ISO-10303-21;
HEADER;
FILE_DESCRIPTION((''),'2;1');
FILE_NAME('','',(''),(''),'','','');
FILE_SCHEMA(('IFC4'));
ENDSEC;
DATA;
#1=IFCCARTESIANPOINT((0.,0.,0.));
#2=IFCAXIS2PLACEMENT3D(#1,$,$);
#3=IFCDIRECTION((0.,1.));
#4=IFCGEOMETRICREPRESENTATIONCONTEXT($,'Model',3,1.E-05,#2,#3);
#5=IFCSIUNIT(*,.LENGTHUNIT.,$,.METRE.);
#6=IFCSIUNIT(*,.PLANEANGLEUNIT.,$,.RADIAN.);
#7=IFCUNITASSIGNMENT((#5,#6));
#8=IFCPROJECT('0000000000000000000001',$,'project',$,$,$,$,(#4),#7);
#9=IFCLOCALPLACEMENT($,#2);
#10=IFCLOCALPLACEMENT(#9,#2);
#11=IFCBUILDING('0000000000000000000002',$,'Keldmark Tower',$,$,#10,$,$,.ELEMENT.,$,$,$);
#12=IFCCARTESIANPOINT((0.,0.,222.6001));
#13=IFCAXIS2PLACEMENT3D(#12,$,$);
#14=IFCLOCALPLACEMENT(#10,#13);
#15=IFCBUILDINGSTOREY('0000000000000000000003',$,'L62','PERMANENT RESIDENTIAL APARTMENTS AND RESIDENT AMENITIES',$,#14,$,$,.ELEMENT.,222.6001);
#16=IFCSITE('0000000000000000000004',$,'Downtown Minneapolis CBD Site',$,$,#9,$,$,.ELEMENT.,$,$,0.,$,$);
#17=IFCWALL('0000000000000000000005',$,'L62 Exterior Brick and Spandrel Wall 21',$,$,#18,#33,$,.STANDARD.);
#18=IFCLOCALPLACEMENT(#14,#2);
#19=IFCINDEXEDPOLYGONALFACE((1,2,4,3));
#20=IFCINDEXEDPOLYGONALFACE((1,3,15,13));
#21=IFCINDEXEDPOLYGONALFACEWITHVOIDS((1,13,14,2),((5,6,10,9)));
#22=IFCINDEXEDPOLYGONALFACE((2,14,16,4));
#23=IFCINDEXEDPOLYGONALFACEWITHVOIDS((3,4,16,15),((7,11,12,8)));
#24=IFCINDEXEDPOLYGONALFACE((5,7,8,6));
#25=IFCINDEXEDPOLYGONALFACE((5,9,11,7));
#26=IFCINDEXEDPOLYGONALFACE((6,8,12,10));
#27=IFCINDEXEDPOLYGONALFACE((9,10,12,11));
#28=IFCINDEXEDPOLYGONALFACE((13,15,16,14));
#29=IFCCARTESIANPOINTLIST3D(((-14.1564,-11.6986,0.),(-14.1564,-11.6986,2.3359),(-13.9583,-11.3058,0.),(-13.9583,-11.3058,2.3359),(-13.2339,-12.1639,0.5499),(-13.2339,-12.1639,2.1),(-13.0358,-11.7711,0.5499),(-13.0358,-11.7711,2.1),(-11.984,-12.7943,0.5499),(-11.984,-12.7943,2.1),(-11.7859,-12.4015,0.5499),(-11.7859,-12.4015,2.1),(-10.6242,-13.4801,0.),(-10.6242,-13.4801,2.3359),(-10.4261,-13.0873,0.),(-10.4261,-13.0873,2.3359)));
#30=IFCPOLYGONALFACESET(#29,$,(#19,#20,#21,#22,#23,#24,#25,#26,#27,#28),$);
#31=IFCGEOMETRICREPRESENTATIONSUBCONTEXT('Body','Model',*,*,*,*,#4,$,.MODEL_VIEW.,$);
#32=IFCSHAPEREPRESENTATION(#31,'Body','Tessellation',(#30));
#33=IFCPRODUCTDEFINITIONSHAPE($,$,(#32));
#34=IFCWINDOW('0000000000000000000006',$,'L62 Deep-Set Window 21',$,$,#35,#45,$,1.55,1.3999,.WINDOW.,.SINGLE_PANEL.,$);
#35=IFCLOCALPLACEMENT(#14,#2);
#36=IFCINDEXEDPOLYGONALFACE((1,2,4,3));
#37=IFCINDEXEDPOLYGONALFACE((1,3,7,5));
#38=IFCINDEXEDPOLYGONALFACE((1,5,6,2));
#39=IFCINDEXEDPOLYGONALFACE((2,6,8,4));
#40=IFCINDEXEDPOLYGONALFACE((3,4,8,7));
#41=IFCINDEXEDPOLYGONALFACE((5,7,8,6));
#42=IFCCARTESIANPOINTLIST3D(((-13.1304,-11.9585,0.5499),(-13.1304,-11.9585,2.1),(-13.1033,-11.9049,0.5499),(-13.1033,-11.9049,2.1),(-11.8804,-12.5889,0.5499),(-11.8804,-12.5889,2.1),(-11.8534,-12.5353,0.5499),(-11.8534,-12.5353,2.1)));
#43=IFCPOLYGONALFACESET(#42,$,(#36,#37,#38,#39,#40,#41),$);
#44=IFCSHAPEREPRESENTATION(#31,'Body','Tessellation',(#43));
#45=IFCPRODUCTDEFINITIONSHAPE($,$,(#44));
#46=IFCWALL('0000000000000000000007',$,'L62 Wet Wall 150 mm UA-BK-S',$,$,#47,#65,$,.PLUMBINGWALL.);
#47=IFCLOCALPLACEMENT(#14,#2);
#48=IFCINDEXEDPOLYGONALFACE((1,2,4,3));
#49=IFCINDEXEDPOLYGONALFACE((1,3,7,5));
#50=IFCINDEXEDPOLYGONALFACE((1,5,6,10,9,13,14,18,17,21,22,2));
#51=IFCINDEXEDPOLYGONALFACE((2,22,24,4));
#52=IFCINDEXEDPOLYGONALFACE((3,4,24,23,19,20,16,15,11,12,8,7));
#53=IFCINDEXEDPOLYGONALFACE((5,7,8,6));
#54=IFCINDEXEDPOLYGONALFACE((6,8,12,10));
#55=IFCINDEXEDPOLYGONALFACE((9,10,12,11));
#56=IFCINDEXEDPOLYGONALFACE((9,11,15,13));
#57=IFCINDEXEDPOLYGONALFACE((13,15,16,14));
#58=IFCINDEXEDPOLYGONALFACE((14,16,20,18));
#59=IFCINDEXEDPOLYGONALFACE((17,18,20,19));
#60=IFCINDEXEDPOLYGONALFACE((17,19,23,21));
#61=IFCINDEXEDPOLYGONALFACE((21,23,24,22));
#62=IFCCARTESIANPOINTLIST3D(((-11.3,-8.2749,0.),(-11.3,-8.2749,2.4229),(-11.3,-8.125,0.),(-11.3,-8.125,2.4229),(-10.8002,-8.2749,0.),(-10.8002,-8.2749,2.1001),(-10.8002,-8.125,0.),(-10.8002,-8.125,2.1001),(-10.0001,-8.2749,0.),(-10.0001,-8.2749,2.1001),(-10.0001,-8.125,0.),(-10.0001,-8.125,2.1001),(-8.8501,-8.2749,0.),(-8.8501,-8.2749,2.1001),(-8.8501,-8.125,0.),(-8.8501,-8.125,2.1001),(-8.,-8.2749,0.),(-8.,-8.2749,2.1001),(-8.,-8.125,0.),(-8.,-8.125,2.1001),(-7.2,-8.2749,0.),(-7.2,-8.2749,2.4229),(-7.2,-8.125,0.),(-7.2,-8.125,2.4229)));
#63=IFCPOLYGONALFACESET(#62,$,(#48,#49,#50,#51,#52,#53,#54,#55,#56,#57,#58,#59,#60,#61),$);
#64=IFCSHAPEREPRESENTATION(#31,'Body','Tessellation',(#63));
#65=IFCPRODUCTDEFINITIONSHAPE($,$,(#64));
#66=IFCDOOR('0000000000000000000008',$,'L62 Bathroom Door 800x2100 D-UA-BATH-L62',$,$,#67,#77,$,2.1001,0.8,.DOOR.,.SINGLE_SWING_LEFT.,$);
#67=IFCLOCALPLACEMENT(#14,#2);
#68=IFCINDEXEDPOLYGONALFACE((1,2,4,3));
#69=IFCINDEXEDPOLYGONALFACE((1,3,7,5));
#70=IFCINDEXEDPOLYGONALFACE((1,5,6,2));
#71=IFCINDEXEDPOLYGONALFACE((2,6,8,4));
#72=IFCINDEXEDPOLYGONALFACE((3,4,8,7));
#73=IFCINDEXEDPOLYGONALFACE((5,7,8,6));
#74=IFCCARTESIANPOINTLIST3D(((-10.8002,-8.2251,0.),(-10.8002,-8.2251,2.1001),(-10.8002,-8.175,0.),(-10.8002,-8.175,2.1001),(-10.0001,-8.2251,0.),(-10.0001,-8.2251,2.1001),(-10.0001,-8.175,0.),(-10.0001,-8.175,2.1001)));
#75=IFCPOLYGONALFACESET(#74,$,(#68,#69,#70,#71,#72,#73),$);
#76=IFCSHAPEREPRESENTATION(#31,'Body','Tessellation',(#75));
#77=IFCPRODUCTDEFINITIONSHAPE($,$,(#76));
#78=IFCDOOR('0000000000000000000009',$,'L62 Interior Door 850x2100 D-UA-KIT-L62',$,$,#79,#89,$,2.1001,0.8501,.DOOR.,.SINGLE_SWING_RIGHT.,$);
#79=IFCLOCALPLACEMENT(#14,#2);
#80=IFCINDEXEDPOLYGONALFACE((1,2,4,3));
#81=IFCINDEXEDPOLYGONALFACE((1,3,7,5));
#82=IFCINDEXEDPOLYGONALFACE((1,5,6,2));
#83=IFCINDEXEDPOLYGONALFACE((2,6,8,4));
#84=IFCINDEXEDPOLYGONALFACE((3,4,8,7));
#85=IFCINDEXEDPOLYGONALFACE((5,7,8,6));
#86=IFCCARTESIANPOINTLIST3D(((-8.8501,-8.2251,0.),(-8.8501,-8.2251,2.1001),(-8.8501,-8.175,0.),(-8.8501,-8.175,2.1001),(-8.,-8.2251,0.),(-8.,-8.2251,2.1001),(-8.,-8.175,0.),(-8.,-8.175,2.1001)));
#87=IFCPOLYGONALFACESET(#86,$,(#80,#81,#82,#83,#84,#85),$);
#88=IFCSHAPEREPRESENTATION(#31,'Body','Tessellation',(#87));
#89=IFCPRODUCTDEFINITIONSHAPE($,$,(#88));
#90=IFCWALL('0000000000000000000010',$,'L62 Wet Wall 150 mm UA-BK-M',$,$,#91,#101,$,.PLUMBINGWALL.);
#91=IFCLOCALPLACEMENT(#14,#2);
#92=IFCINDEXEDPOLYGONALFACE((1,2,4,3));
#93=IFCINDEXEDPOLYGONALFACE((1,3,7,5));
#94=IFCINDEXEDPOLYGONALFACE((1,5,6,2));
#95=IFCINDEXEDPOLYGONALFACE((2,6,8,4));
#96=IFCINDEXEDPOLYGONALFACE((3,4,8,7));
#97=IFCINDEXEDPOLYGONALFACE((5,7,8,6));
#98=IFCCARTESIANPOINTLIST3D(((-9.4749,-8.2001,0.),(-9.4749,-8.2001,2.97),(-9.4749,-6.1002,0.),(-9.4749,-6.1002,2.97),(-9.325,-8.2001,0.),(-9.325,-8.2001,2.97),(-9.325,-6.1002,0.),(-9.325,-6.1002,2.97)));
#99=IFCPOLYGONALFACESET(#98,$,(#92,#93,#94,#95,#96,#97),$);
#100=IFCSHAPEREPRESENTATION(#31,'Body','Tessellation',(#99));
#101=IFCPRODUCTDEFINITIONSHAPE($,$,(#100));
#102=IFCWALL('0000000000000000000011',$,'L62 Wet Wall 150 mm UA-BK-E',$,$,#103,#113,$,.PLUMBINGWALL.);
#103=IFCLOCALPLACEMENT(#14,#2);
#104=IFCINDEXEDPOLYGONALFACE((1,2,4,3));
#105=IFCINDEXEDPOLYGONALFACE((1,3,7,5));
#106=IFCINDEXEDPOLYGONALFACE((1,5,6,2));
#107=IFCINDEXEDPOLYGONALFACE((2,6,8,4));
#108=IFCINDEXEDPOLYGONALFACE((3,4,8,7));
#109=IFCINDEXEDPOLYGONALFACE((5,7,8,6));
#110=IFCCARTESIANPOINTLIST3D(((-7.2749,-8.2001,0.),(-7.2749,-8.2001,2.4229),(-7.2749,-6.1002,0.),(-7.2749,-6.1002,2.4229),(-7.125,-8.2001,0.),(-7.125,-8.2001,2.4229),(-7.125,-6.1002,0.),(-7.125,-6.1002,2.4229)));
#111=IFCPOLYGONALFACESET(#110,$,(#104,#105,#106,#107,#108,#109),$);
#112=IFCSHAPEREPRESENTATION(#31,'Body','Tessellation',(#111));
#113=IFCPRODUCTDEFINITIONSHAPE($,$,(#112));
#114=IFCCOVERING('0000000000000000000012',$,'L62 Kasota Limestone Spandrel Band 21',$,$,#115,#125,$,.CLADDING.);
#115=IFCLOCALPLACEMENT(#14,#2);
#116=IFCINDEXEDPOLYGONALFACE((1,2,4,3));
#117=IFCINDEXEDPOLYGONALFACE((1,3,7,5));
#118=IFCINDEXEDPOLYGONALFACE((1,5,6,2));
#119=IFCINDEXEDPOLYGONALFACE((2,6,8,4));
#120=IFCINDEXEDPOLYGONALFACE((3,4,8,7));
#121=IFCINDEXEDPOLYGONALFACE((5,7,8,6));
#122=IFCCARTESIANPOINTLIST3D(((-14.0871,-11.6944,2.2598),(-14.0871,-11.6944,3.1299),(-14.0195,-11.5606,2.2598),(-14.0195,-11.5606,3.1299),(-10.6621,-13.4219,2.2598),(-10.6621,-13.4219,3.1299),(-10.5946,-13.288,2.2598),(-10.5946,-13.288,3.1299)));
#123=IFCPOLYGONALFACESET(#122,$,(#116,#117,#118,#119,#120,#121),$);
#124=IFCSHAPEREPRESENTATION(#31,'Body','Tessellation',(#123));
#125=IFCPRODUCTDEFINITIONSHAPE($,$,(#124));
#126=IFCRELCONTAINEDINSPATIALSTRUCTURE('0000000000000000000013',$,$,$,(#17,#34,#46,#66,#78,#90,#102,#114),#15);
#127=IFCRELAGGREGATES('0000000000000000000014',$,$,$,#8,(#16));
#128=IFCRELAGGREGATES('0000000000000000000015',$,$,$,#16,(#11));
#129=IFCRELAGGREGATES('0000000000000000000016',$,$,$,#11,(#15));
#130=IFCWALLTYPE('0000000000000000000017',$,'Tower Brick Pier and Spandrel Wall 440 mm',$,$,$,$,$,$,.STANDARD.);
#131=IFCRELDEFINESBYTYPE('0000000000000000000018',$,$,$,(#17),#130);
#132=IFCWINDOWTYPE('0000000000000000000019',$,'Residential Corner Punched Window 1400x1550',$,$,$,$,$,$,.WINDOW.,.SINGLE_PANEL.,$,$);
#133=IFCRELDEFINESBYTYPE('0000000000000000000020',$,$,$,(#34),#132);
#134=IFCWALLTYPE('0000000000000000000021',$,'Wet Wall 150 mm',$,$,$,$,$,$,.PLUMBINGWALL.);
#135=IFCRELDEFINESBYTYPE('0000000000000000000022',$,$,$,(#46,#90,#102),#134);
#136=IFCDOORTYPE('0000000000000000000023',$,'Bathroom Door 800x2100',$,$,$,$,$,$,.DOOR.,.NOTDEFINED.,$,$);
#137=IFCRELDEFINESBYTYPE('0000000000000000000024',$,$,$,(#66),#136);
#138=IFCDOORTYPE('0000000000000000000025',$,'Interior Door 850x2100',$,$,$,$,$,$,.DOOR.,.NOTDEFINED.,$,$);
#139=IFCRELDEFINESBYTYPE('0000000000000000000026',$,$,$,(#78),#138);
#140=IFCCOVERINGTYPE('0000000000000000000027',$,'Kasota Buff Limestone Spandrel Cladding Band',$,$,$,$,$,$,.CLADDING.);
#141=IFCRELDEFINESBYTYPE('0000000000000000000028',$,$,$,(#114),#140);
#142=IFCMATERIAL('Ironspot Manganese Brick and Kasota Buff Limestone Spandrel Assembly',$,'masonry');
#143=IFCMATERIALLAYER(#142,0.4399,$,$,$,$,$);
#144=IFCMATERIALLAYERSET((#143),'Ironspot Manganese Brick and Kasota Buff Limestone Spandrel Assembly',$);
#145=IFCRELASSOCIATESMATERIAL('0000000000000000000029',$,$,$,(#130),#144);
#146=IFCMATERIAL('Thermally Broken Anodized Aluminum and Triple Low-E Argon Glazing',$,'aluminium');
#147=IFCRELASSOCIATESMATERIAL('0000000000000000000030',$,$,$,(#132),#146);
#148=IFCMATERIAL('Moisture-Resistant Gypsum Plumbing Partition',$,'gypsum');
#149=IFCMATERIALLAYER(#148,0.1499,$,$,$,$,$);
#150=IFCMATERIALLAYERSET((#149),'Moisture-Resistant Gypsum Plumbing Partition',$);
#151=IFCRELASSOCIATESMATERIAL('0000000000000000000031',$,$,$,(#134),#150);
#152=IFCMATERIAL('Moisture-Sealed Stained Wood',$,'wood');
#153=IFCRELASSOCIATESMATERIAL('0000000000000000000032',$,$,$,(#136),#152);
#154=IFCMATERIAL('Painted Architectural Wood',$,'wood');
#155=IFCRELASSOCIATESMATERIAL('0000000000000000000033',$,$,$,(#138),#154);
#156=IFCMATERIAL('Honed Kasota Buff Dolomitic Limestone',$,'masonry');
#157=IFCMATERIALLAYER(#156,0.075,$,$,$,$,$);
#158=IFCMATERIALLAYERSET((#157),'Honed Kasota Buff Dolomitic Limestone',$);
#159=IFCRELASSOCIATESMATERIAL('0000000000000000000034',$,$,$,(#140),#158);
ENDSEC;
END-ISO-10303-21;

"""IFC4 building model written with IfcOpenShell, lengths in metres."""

from ifc_helpers import new_model, si_unit, direction, frame, frame_2d, origin, origin_2d, place, context, subcontext, project, spatial, rectangle, extrude, material, layer, layer_set, type_object, element, fill, save


model = new_model("IFC4")

# Units and contexts
model_context = context("Model", 3, precision=1e-05, world=origin(), true_north=direction((0.0, 1.0)))
body_context = subcontext(model_context, "Body", "Model", "MODEL_VIEW")
ifc_project = project(units=[si_unit("LENGTHUNIT", "METRE"), si_unit("PLANEANGLEUNIT", "RADIAN")], contexts=[model_context])

# Site, building, storey
site_placement = place(None, origin())
site = spatial("IfcSite", under=ifc_project, at=site_placement, Name="Downtown Minneapolis CBD Site", CompositionType="ELEMENT", RefElevation=0.0)
building_placement = place(site_placement, origin())
building = spatial("IfcBuilding", under=site, at=building_placement, Name="Keldmark Tower", CompositionType="ELEMENT")
storey_placement = place(building_placement, frame((0.0, 0.0, 222.6001)))
storey = spatial("IfcBuildingStorey", under=building, at=storey_placement, Name="L62", Description="PERMANENT RESIDENTIAL APARTMENTS AND RESIDENT AMENITIES", CompositionType="ELEMENT", Elevation=222.6001)

# Wall, opening, window
ifc_material_1 = material(Name="Ironspot Manganese Brick and Kasota Buff Limestone Spandrel Assembly", Category="masonry")
ifc_layer_1 = layer(ifc_material_1, 0.4399)
ifc_layer_set_1 = layer_set([ifc_layer_1], Name="Ironspot Manganese Brick and Kasota Buff Limestone Spandrel Assembly")
wall_type_1 = type_object("IfcWallType", Name="Tower Brick Pier and Spandrel Wall 440 mm", PredefinedType="STANDARD", material=ifc_layer_set_1)
wall_1_placement = place(storey_placement, frame((-10.5251, -13.2837, 0.0), z_axis=(0.0, 0.0, 1.0), x_axis=(-0.892867, 0.450321, 0.0)))
wall_1 = element("IfcWall", 1, at=wall_1_placement, inside=storey, type_object=wall_type_1, Name="L62 Exterior Brick and Spandrel Wall 21", PredefinedType="STANDARD", context=body_context, shape_type="SweptSolid", body=[
    extrude(rectangle(XDim=3.9561, YDim=0.4399, at=frame_2d((1.978, 0.0))), origin(), (0.0, 0.0, 1.0), 2.3359),
])
opening_1_placement = place(wall_1_placement, frame((1.5229, 0.0, 0.55)))
opening_1 = element("IfcOpeningElement", 2, at=opening_1_placement, cuts=wall_1, PredefinedType="OPENING", context=body_context, shape_type="SweptSolid", body=[
    extrude(rectangle(XDim=1.3999, YDim=1.55, at=frame_2d((0.7, 0.7749))), frame((0.0, 0.23, 0.0), z_axis=(0.0, -1.0, 0.0), x_axis=(1.0, 0.0, 0.0)), (0.0, 0.0, 1.0), 0.46),
])
ifc_material_2 = material(Name="Thermally Broken Anodized Aluminum and Triple Low-E Argon Glazing", Category="aluminium")
window_type = type_object("IfcWindowType", Name="Residential Corner Punched Window 1400x1550", PartitioningType="SINGLE_PANEL", PredefinedType="WINDOW", material=ifc_material_2)
window_placement = place(opening_1_placement, origin())
window = element("IfcWindow", 3, at=window_placement, inside=storey, type_object=window_type, Name="L62 Deep-Set Window 21", OverallHeight=1.55, OverallWidth=1.3999, PartitioningType="SINGLE_PANEL", PredefinedType="WINDOW", context=body_context, shape_type="SweptSolid", body=[
    extrude(rectangle(XDim=1.3999, YDim=1.55, at=frame_2d((0.7, 0.7749))), frame((0.0, -0.01, 0.0), z_axis=(0.0, -1.0, 0.0), x_axis=(1.0, 0.0, 0.0)), (0.0, 0.0, 1.0), 0.0601),
])
fill(opening_1, window)

# Wall, openings, doors
ifc_material_3 = material(Name="Moisture-Resistant Gypsum Plumbing Partition", Category="gypsum")
ifc_layer_2 = layer(ifc_material_3, 0.1499)
ifc_layer_set_2 = layer_set([ifc_layer_2], Name="Moisture-Resistant Gypsum Plumbing Partition")
wall_type_2 = type_object("IfcWallType", Name="Wet Wall 150 mm", PredefinedType="PLUMBINGWALL", material=ifc_layer_set_2)
wall_2_placement = place(storey_placement, frame((-11.3, -8.2, 0.0), z_axis=(0.0, 0.0, 1.0), x_axis=(1.0, 0.0, 0.0)))
wall_2 = element("IfcWall", 4, at=wall_2_placement, inside=storey, type_object=wall_type_2, Name="L62 Wet Wall 150 mm UA-BK-S", PredefinedType="PLUMBINGWALL", context=body_context, shape_type="SweptSolid", body=[
    extrude(rectangle(XDim=4.1001, YDim=0.1499, at=frame_2d((2.05, 0.0))), origin(), (0.0, 0.0, 1.0), 2.4229),
])
opening_2_placement = place(wall_2_placement, frame((0.5, 0.0, 0.0)))
opening_2 = element("IfcOpeningElement", 5, at=opening_2_placement, cuts=wall_2, PredefinedType="OPENING", context=body_context, shape_type="SweptSolid", body=[
    extrude(rectangle(XDim=0.8, YDim=2.1001, at=frame_2d((0.3999, 1.05))), frame((0.0, 0.085, 0.0), z_axis=(0.0, -1.0, 0.0), x_axis=(1.0, 0.0, 0.0)), (0.0, 0.0, 1.0), 0.1699),
])
opening_3_placement = place(wall_2_placement, frame((2.45, 0.0, 0.0)))
opening_3 = element("IfcOpeningElement", 6, at=opening_3_placement, cuts=wall_2, PredefinedType="OPENING", context=body_context, shape_type="SweptSolid", body=[
    extrude(rectangle(XDim=0.8501, YDim=2.1001, at=frame_2d((0.425, 1.05))), frame((0.0, 0.085, 0.0), z_axis=(0.0, -1.0, 0.0), x_axis=(1.0, 0.0, 0.0)), (0.0, 0.0, 1.0), 0.1699),
])
ifc_material_4 = material(Name="Moisture-Sealed Stained Wood", Category="wood")
door_type_1 = type_object("IfcDoorType", Name="Bathroom Door 800x2100", OperationType="NOTDEFINED", PredefinedType="DOOR", material=ifc_material_4)
door_1_placement = place(opening_2_placement, origin())
door_1 = element("IfcDoor", 7, at=door_1_placement, inside=storey, type_object=door_type_1, Name="L62 Bathroom Door 800x2100 D-UA-BATH-L62", OperationType="SINGLE_SWING_LEFT", OverallHeight=2.1001, OverallWidth=0.8, PredefinedType="DOOR", context=body_context, shape_type="SweptSolid", body=[
    extrude(rectangle(XDim=0.8, YDim=2.1001, at=frame_2d((0.3999, 1.05))), frame((0.0, 0.0249, 0.0), z_axis=(0.0, -1.0, 0.0), x_axis=(1.0, 0.0, 0.0)), (0.0, 0.0, 1.0), 0.05),
])
fill(opening_2, door_1)
ifc_material_5 = material(Name="Painted Architectural Wood", Category="wood")
door_type_2 = type_object("IfcDoorType", Name="Interior Door 850x2100", OperationType="NOTDEFINED", PredefinedType="DOOR", material=ifc_material_5)
door_2_placement = place(opening_3_placement, origin())
door_2 = element("IfcDoor", 8, at=door_2_placement, inside=storey, type_object=door_type_2, Name="L62 Interior Door 850x2100 D-UA-KIT-L62", OperationType="SINGLE_SWING_RIGHT", OverallHeight=2.1001, OverallWidth=0.8501, PredefinedType="DOOR", context=body_context, shape_type="SweptSolid", body=[
    extrude(rectangle(XDim=0.8501, YDim=2.1001, at=frame_2d((0.425, 1.05))), frame((0.0, 0.0249, 0.0), z_axis=(0.0, -1.0, 0.0), x_axis=(1.0, 0.0, 0.0)), (0.0, 0.0, 1.0), 0.05),
])
fill(opening_3, door_2)

# Walls
wall_3_placement = place(storey_placement, frame((-9.3999, -8.2, 0.0), z_axis=(0.0, 0.0, 1.0), x_axis=(0.0, 1.0, 0.0)))
element("IfcWall", 9, at=wall_3_placement, inside=storey, type_object=wall_type_2, Name="L62 Wet Wall 150 mm UA-BK-M", PredefinedType="PLUMBINGWALL", context=body_context, shape_type="SweptSolid", body=[
    extrude(rectangle(XDim=2.0999, YDim=0.1499, at=frame_2d((1.0498, 0.0))), origin(), (0.0, 0.0, 1.0), 2.97),
])
wall_4_placement = place(storey_placement, frame((-7.2, -8.2, 0.0), z_axis=(0.0, 0.0, 1.0), x_axis=(0.0, 1.0, 0.0)))
element("IfcWall", 10, at=wall_4_placement, inside=storey, type_object=wall_type_2, Name="L62 Wet Wall 150 mm UA-BK-E", PredefinedType="PLUMBINGWALL", context=body_context, shape_type="SweptSolid", body=[
    extrude(rectangle(XDim=2.0999, YDim=0.1499, at=frame_2d((1.0498, 0.0))), origin(), (0.0, 0.0, 1.0), 2.4229),
])

# Covering
ifc_material_6 = material(Name="Honed Kasota Buff Dolomitic Limestone", Category="masonry")
ifc_layer_3 = layer(ifc_material_6, 0.075)
ifc_layer_set_3 = layer_set([ifc_layer_3], Name="Honed Kasota Buff Dolomitic Limestone")
covering_type = type_object("IfcCoveringType", Name="Kasota Buff Limestone Spandrel Cladding Band", PredefinedType="CLADDING", material=ifc_layer_set_3)
covering_placement = place(storey_placement, frame((-12.3408, -12.4912, 2.2598), z_axis=(0.0, 0.0, 1.0), x_axis=(0.892861, -0.450332, 0.0)))
element("IfcCovering", 11, at=covering_placement, inside=storey, type_object=covering_type, Name="L62 Kasota Limestone Spandrel Band 21", PredefinedType="CLADDING", context=body_context, shape_type="SweptSolid", body=[
    extrude(rectangle(XDim=3.8359, YDim=0.1499, at=origin_2d()), origin(), (0.0, 0.0, 1.0), 0.8701),
])

save(model, "model.ifc")
